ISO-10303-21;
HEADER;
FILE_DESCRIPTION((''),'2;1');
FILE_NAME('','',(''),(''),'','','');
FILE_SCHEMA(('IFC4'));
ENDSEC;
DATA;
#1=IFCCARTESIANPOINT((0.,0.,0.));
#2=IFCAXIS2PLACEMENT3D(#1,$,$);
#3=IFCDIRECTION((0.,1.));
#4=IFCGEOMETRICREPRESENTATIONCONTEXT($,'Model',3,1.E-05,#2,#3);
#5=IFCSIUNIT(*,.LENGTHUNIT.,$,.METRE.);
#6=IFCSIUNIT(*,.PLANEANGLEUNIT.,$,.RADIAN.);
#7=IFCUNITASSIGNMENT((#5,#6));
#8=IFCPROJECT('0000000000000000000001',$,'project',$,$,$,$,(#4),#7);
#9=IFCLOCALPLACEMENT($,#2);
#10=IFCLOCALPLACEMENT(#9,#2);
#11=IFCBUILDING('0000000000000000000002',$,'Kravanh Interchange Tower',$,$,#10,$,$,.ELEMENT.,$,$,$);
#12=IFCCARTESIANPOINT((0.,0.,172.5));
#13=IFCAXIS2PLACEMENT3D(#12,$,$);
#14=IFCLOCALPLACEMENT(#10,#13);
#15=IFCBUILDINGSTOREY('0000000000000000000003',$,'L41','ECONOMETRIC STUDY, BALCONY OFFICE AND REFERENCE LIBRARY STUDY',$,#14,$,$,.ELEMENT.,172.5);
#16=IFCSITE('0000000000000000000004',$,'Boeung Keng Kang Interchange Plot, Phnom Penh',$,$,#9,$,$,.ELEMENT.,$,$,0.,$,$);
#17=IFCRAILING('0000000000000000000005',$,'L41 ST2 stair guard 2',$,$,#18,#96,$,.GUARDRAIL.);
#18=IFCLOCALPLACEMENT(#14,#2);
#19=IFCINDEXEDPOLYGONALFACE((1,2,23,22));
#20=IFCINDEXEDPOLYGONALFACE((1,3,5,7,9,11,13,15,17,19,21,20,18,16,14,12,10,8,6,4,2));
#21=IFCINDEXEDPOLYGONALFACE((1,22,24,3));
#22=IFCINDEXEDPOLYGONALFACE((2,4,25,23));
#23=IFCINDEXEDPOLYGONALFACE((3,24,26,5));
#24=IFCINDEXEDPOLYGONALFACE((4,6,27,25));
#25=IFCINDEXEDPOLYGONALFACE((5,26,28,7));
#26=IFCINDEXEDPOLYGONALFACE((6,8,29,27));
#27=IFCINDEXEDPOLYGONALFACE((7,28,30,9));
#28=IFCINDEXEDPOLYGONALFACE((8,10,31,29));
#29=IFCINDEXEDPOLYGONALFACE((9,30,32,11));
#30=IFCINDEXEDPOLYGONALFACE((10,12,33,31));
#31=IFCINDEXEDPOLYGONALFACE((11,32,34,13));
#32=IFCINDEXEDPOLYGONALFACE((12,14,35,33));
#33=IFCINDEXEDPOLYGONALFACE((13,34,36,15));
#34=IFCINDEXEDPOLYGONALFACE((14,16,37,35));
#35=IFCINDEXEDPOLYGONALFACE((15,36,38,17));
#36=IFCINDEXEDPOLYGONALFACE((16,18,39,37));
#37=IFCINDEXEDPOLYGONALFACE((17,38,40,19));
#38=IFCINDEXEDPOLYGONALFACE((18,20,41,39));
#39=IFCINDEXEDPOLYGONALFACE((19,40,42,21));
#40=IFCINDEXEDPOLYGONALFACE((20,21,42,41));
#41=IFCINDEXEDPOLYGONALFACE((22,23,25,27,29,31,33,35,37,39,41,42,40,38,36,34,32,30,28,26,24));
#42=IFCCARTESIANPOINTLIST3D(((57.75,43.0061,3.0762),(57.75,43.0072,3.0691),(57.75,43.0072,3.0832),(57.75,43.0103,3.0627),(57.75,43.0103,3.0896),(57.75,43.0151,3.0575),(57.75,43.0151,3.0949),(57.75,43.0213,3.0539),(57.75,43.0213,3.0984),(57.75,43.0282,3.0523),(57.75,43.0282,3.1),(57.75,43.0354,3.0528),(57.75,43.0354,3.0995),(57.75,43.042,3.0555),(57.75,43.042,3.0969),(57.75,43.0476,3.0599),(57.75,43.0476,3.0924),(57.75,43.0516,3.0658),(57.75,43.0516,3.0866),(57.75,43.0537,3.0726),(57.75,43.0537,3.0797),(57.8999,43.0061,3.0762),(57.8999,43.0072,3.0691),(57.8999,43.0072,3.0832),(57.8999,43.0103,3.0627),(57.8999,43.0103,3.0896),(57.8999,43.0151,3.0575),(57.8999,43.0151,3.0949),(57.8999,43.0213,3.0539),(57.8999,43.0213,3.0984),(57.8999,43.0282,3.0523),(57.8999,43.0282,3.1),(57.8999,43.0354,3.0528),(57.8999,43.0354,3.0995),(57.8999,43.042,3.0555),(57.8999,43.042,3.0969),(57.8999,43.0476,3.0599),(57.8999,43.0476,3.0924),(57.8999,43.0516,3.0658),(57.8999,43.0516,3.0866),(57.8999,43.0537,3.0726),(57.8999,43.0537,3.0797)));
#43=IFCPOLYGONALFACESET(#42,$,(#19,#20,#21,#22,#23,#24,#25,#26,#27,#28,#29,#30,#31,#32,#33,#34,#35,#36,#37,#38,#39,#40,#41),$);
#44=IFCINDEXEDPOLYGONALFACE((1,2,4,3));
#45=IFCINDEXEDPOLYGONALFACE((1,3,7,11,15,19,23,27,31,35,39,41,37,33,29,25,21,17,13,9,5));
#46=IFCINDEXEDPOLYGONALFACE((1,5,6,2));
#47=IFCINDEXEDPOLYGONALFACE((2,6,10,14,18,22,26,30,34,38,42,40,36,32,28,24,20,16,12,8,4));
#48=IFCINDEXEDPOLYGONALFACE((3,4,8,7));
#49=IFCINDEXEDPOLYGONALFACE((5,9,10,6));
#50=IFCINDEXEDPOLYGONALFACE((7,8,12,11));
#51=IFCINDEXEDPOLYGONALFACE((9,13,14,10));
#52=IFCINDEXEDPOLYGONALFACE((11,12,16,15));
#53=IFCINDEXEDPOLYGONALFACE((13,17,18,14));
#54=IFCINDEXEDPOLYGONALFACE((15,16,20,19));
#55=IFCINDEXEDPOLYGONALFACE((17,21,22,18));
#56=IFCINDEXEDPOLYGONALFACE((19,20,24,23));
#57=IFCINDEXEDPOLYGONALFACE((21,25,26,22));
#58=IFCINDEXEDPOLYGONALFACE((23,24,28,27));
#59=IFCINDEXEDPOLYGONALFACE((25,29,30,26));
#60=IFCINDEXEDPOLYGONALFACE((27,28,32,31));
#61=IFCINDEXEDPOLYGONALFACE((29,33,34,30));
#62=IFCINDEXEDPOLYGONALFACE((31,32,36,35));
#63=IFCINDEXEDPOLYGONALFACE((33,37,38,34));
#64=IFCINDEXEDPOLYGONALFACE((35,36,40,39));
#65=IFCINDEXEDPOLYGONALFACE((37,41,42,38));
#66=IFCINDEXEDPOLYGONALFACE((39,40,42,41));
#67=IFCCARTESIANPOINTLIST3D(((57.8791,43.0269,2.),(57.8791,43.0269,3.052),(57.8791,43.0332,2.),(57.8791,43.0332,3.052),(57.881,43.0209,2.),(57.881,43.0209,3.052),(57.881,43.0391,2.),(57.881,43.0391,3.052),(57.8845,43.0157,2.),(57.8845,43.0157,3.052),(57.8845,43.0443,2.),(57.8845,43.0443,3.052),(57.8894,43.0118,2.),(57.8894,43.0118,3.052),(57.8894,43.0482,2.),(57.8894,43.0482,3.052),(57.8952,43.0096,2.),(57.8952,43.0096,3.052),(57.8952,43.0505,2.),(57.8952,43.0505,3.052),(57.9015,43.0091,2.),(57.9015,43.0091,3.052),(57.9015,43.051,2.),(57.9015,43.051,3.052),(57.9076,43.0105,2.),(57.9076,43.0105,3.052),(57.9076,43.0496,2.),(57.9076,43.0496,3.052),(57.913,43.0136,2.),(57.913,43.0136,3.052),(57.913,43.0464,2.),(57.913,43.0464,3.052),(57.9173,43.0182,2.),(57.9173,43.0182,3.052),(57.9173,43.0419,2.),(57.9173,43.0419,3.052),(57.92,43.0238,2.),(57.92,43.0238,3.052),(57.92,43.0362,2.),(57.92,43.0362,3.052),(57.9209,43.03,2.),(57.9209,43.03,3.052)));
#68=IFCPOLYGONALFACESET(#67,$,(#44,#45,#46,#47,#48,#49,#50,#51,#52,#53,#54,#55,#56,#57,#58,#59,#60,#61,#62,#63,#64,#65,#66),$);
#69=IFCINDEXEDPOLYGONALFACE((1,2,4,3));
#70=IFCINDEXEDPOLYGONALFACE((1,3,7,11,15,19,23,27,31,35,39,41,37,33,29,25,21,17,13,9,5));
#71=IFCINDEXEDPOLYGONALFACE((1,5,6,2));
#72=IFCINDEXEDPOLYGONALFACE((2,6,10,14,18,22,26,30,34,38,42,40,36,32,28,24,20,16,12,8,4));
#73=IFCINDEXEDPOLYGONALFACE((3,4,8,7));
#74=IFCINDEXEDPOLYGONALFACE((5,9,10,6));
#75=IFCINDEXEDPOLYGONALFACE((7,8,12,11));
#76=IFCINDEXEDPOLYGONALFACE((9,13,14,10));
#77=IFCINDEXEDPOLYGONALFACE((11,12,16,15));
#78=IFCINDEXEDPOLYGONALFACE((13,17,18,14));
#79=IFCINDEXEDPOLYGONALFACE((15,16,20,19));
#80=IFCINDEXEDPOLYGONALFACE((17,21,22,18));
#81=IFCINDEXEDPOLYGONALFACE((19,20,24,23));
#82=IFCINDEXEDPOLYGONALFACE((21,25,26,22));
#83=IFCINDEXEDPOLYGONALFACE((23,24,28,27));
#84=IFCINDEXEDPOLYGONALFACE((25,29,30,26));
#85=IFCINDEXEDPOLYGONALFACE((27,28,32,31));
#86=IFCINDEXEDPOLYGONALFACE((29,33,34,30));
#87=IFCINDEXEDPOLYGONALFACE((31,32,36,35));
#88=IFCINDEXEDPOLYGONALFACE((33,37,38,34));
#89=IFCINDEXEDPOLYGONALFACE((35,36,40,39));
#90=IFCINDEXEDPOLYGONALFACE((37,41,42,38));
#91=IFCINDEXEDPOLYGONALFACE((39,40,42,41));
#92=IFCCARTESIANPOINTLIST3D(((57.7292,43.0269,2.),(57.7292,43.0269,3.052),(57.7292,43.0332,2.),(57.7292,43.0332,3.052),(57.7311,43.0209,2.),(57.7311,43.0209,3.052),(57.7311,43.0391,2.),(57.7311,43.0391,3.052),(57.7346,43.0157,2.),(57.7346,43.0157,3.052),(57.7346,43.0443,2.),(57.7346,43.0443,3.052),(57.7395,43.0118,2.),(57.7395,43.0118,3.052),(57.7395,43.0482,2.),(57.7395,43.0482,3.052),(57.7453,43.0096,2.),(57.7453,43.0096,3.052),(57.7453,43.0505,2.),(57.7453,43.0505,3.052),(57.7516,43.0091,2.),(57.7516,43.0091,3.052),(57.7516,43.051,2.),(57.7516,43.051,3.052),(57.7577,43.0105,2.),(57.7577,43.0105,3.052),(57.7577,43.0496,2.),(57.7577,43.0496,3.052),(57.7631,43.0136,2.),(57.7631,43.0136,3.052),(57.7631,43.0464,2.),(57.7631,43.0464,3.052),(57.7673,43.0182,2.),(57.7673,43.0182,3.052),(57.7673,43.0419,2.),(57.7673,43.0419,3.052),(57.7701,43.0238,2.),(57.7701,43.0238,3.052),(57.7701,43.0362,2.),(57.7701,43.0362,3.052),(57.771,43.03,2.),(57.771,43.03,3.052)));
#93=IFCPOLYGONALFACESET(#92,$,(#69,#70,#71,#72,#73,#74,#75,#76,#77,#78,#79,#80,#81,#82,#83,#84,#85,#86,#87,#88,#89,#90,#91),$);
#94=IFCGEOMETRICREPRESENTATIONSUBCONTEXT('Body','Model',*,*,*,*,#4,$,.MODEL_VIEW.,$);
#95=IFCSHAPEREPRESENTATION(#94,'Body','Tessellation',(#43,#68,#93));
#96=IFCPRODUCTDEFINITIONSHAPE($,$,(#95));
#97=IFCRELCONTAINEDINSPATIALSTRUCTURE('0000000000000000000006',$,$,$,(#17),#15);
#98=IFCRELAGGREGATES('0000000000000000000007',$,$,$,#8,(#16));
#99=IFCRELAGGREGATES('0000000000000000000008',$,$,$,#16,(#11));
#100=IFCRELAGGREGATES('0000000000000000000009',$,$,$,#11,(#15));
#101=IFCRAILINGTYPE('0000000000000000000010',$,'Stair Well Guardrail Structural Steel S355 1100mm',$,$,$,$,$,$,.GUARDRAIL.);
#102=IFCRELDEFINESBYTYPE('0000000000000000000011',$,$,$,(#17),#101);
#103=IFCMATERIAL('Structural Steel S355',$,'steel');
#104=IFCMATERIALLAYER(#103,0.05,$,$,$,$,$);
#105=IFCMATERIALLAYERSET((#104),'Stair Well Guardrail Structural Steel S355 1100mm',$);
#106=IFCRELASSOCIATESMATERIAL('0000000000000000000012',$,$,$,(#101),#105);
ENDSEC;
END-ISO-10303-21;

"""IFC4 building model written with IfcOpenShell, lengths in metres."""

from ifc_helpers import new_model, si_unit, direction, frame, origin, origin_2d, place, context, subcontext, project, spatial, circle, extrude, material, layer, layer_set, type_object, element, save


model = new_model("IFC4")

# Units and contexts
model_context = context("Model", 3, precision=1e-05, world=origin(), true_north=direction((0.0, 1.0)))
body_context = subcontext(model_context, "Body", "Model", "MODEL_VIEW")
ifc_project = project(units=[si_unit("LENGTHUNIT", "METRE"), si_unit("PLANEANGLEUNIT", "RADIAN")], contexts=[model_context])

# Site, building, storey
site_placement = place(None, origin())
site = spatial("IfcSite", under=ifc_project, at=site_placement, Name="Boeung Keng Kang Interchange Plot, Phnom Penh", CompositionType="ELEMENT", RefElevation=0.0)
building_placement = place(site_placement, origin())
building = spatial("IfcBuilding", under=site, at=building_placement, Name="Kravanh Interchange Tower", CompositionType="ELEMENT")
storey_placement = place(building_placement, frame((0.0, 0.0, 172.5)))
storey = spatial("IfcBuildingStorey", under=building, at=storey_placement, Name="L41", Description="ECONOMETRIC STUDY, BALCONY OFFICE AND REFERENCE LIBRARY STUDY", CompositionType="ELEMENT", Elevation=172.5)

# Railing
ifc_material_1 = material(Name="Structural Steel S355", Category="steel")
ifc_layer_1 = layer(ifc_material_1, 0.05)
ifc_layer_set_1 = layer_set([ifc_layer_1], Name="Stair Well Guardrail Structural Steel S355 1100mm")
railing_type_1 = type_object("IfcRailingType", Name="Stair Well Guardrail Structural Steel S355 1100mm", PredefinedType="GUARDRAIL", material=ifc_layer_set_1)
railing_1_placement = place(storey_placement, frame((57.8999, 43.03, 2.0)))
element("IfcRailing", 1, at=railing_1_placement, inside=storey, type_object=railing_type_1, Name="L41 ST2 stair guard 2", PredefinedType="GUARDRAIL", context=body_context, shape_type="SweptSolid", body=[
    extrude(circle(Radius=0.0239, at=origin_2d()), frame((0.0, 0.0, 1.0762), z_axis=(-1.0, 0.0, 0.0), x_axis=(0.0, -1.0, 0.0)), (0.0, 0.0, 1.0), 0.1499),
    extrude(circle(Radius=0.021, at=origin_2d()), origin(), (0.0, 0.0, 1.0), 1.052),
    extrude(circle(Radius=0.021, at=origin_2d()), frame((-0.1499, 0.0, 0.0)), (0.0, 0.0, 1.0), 1.052),
])

save(model, "model.ifc")
